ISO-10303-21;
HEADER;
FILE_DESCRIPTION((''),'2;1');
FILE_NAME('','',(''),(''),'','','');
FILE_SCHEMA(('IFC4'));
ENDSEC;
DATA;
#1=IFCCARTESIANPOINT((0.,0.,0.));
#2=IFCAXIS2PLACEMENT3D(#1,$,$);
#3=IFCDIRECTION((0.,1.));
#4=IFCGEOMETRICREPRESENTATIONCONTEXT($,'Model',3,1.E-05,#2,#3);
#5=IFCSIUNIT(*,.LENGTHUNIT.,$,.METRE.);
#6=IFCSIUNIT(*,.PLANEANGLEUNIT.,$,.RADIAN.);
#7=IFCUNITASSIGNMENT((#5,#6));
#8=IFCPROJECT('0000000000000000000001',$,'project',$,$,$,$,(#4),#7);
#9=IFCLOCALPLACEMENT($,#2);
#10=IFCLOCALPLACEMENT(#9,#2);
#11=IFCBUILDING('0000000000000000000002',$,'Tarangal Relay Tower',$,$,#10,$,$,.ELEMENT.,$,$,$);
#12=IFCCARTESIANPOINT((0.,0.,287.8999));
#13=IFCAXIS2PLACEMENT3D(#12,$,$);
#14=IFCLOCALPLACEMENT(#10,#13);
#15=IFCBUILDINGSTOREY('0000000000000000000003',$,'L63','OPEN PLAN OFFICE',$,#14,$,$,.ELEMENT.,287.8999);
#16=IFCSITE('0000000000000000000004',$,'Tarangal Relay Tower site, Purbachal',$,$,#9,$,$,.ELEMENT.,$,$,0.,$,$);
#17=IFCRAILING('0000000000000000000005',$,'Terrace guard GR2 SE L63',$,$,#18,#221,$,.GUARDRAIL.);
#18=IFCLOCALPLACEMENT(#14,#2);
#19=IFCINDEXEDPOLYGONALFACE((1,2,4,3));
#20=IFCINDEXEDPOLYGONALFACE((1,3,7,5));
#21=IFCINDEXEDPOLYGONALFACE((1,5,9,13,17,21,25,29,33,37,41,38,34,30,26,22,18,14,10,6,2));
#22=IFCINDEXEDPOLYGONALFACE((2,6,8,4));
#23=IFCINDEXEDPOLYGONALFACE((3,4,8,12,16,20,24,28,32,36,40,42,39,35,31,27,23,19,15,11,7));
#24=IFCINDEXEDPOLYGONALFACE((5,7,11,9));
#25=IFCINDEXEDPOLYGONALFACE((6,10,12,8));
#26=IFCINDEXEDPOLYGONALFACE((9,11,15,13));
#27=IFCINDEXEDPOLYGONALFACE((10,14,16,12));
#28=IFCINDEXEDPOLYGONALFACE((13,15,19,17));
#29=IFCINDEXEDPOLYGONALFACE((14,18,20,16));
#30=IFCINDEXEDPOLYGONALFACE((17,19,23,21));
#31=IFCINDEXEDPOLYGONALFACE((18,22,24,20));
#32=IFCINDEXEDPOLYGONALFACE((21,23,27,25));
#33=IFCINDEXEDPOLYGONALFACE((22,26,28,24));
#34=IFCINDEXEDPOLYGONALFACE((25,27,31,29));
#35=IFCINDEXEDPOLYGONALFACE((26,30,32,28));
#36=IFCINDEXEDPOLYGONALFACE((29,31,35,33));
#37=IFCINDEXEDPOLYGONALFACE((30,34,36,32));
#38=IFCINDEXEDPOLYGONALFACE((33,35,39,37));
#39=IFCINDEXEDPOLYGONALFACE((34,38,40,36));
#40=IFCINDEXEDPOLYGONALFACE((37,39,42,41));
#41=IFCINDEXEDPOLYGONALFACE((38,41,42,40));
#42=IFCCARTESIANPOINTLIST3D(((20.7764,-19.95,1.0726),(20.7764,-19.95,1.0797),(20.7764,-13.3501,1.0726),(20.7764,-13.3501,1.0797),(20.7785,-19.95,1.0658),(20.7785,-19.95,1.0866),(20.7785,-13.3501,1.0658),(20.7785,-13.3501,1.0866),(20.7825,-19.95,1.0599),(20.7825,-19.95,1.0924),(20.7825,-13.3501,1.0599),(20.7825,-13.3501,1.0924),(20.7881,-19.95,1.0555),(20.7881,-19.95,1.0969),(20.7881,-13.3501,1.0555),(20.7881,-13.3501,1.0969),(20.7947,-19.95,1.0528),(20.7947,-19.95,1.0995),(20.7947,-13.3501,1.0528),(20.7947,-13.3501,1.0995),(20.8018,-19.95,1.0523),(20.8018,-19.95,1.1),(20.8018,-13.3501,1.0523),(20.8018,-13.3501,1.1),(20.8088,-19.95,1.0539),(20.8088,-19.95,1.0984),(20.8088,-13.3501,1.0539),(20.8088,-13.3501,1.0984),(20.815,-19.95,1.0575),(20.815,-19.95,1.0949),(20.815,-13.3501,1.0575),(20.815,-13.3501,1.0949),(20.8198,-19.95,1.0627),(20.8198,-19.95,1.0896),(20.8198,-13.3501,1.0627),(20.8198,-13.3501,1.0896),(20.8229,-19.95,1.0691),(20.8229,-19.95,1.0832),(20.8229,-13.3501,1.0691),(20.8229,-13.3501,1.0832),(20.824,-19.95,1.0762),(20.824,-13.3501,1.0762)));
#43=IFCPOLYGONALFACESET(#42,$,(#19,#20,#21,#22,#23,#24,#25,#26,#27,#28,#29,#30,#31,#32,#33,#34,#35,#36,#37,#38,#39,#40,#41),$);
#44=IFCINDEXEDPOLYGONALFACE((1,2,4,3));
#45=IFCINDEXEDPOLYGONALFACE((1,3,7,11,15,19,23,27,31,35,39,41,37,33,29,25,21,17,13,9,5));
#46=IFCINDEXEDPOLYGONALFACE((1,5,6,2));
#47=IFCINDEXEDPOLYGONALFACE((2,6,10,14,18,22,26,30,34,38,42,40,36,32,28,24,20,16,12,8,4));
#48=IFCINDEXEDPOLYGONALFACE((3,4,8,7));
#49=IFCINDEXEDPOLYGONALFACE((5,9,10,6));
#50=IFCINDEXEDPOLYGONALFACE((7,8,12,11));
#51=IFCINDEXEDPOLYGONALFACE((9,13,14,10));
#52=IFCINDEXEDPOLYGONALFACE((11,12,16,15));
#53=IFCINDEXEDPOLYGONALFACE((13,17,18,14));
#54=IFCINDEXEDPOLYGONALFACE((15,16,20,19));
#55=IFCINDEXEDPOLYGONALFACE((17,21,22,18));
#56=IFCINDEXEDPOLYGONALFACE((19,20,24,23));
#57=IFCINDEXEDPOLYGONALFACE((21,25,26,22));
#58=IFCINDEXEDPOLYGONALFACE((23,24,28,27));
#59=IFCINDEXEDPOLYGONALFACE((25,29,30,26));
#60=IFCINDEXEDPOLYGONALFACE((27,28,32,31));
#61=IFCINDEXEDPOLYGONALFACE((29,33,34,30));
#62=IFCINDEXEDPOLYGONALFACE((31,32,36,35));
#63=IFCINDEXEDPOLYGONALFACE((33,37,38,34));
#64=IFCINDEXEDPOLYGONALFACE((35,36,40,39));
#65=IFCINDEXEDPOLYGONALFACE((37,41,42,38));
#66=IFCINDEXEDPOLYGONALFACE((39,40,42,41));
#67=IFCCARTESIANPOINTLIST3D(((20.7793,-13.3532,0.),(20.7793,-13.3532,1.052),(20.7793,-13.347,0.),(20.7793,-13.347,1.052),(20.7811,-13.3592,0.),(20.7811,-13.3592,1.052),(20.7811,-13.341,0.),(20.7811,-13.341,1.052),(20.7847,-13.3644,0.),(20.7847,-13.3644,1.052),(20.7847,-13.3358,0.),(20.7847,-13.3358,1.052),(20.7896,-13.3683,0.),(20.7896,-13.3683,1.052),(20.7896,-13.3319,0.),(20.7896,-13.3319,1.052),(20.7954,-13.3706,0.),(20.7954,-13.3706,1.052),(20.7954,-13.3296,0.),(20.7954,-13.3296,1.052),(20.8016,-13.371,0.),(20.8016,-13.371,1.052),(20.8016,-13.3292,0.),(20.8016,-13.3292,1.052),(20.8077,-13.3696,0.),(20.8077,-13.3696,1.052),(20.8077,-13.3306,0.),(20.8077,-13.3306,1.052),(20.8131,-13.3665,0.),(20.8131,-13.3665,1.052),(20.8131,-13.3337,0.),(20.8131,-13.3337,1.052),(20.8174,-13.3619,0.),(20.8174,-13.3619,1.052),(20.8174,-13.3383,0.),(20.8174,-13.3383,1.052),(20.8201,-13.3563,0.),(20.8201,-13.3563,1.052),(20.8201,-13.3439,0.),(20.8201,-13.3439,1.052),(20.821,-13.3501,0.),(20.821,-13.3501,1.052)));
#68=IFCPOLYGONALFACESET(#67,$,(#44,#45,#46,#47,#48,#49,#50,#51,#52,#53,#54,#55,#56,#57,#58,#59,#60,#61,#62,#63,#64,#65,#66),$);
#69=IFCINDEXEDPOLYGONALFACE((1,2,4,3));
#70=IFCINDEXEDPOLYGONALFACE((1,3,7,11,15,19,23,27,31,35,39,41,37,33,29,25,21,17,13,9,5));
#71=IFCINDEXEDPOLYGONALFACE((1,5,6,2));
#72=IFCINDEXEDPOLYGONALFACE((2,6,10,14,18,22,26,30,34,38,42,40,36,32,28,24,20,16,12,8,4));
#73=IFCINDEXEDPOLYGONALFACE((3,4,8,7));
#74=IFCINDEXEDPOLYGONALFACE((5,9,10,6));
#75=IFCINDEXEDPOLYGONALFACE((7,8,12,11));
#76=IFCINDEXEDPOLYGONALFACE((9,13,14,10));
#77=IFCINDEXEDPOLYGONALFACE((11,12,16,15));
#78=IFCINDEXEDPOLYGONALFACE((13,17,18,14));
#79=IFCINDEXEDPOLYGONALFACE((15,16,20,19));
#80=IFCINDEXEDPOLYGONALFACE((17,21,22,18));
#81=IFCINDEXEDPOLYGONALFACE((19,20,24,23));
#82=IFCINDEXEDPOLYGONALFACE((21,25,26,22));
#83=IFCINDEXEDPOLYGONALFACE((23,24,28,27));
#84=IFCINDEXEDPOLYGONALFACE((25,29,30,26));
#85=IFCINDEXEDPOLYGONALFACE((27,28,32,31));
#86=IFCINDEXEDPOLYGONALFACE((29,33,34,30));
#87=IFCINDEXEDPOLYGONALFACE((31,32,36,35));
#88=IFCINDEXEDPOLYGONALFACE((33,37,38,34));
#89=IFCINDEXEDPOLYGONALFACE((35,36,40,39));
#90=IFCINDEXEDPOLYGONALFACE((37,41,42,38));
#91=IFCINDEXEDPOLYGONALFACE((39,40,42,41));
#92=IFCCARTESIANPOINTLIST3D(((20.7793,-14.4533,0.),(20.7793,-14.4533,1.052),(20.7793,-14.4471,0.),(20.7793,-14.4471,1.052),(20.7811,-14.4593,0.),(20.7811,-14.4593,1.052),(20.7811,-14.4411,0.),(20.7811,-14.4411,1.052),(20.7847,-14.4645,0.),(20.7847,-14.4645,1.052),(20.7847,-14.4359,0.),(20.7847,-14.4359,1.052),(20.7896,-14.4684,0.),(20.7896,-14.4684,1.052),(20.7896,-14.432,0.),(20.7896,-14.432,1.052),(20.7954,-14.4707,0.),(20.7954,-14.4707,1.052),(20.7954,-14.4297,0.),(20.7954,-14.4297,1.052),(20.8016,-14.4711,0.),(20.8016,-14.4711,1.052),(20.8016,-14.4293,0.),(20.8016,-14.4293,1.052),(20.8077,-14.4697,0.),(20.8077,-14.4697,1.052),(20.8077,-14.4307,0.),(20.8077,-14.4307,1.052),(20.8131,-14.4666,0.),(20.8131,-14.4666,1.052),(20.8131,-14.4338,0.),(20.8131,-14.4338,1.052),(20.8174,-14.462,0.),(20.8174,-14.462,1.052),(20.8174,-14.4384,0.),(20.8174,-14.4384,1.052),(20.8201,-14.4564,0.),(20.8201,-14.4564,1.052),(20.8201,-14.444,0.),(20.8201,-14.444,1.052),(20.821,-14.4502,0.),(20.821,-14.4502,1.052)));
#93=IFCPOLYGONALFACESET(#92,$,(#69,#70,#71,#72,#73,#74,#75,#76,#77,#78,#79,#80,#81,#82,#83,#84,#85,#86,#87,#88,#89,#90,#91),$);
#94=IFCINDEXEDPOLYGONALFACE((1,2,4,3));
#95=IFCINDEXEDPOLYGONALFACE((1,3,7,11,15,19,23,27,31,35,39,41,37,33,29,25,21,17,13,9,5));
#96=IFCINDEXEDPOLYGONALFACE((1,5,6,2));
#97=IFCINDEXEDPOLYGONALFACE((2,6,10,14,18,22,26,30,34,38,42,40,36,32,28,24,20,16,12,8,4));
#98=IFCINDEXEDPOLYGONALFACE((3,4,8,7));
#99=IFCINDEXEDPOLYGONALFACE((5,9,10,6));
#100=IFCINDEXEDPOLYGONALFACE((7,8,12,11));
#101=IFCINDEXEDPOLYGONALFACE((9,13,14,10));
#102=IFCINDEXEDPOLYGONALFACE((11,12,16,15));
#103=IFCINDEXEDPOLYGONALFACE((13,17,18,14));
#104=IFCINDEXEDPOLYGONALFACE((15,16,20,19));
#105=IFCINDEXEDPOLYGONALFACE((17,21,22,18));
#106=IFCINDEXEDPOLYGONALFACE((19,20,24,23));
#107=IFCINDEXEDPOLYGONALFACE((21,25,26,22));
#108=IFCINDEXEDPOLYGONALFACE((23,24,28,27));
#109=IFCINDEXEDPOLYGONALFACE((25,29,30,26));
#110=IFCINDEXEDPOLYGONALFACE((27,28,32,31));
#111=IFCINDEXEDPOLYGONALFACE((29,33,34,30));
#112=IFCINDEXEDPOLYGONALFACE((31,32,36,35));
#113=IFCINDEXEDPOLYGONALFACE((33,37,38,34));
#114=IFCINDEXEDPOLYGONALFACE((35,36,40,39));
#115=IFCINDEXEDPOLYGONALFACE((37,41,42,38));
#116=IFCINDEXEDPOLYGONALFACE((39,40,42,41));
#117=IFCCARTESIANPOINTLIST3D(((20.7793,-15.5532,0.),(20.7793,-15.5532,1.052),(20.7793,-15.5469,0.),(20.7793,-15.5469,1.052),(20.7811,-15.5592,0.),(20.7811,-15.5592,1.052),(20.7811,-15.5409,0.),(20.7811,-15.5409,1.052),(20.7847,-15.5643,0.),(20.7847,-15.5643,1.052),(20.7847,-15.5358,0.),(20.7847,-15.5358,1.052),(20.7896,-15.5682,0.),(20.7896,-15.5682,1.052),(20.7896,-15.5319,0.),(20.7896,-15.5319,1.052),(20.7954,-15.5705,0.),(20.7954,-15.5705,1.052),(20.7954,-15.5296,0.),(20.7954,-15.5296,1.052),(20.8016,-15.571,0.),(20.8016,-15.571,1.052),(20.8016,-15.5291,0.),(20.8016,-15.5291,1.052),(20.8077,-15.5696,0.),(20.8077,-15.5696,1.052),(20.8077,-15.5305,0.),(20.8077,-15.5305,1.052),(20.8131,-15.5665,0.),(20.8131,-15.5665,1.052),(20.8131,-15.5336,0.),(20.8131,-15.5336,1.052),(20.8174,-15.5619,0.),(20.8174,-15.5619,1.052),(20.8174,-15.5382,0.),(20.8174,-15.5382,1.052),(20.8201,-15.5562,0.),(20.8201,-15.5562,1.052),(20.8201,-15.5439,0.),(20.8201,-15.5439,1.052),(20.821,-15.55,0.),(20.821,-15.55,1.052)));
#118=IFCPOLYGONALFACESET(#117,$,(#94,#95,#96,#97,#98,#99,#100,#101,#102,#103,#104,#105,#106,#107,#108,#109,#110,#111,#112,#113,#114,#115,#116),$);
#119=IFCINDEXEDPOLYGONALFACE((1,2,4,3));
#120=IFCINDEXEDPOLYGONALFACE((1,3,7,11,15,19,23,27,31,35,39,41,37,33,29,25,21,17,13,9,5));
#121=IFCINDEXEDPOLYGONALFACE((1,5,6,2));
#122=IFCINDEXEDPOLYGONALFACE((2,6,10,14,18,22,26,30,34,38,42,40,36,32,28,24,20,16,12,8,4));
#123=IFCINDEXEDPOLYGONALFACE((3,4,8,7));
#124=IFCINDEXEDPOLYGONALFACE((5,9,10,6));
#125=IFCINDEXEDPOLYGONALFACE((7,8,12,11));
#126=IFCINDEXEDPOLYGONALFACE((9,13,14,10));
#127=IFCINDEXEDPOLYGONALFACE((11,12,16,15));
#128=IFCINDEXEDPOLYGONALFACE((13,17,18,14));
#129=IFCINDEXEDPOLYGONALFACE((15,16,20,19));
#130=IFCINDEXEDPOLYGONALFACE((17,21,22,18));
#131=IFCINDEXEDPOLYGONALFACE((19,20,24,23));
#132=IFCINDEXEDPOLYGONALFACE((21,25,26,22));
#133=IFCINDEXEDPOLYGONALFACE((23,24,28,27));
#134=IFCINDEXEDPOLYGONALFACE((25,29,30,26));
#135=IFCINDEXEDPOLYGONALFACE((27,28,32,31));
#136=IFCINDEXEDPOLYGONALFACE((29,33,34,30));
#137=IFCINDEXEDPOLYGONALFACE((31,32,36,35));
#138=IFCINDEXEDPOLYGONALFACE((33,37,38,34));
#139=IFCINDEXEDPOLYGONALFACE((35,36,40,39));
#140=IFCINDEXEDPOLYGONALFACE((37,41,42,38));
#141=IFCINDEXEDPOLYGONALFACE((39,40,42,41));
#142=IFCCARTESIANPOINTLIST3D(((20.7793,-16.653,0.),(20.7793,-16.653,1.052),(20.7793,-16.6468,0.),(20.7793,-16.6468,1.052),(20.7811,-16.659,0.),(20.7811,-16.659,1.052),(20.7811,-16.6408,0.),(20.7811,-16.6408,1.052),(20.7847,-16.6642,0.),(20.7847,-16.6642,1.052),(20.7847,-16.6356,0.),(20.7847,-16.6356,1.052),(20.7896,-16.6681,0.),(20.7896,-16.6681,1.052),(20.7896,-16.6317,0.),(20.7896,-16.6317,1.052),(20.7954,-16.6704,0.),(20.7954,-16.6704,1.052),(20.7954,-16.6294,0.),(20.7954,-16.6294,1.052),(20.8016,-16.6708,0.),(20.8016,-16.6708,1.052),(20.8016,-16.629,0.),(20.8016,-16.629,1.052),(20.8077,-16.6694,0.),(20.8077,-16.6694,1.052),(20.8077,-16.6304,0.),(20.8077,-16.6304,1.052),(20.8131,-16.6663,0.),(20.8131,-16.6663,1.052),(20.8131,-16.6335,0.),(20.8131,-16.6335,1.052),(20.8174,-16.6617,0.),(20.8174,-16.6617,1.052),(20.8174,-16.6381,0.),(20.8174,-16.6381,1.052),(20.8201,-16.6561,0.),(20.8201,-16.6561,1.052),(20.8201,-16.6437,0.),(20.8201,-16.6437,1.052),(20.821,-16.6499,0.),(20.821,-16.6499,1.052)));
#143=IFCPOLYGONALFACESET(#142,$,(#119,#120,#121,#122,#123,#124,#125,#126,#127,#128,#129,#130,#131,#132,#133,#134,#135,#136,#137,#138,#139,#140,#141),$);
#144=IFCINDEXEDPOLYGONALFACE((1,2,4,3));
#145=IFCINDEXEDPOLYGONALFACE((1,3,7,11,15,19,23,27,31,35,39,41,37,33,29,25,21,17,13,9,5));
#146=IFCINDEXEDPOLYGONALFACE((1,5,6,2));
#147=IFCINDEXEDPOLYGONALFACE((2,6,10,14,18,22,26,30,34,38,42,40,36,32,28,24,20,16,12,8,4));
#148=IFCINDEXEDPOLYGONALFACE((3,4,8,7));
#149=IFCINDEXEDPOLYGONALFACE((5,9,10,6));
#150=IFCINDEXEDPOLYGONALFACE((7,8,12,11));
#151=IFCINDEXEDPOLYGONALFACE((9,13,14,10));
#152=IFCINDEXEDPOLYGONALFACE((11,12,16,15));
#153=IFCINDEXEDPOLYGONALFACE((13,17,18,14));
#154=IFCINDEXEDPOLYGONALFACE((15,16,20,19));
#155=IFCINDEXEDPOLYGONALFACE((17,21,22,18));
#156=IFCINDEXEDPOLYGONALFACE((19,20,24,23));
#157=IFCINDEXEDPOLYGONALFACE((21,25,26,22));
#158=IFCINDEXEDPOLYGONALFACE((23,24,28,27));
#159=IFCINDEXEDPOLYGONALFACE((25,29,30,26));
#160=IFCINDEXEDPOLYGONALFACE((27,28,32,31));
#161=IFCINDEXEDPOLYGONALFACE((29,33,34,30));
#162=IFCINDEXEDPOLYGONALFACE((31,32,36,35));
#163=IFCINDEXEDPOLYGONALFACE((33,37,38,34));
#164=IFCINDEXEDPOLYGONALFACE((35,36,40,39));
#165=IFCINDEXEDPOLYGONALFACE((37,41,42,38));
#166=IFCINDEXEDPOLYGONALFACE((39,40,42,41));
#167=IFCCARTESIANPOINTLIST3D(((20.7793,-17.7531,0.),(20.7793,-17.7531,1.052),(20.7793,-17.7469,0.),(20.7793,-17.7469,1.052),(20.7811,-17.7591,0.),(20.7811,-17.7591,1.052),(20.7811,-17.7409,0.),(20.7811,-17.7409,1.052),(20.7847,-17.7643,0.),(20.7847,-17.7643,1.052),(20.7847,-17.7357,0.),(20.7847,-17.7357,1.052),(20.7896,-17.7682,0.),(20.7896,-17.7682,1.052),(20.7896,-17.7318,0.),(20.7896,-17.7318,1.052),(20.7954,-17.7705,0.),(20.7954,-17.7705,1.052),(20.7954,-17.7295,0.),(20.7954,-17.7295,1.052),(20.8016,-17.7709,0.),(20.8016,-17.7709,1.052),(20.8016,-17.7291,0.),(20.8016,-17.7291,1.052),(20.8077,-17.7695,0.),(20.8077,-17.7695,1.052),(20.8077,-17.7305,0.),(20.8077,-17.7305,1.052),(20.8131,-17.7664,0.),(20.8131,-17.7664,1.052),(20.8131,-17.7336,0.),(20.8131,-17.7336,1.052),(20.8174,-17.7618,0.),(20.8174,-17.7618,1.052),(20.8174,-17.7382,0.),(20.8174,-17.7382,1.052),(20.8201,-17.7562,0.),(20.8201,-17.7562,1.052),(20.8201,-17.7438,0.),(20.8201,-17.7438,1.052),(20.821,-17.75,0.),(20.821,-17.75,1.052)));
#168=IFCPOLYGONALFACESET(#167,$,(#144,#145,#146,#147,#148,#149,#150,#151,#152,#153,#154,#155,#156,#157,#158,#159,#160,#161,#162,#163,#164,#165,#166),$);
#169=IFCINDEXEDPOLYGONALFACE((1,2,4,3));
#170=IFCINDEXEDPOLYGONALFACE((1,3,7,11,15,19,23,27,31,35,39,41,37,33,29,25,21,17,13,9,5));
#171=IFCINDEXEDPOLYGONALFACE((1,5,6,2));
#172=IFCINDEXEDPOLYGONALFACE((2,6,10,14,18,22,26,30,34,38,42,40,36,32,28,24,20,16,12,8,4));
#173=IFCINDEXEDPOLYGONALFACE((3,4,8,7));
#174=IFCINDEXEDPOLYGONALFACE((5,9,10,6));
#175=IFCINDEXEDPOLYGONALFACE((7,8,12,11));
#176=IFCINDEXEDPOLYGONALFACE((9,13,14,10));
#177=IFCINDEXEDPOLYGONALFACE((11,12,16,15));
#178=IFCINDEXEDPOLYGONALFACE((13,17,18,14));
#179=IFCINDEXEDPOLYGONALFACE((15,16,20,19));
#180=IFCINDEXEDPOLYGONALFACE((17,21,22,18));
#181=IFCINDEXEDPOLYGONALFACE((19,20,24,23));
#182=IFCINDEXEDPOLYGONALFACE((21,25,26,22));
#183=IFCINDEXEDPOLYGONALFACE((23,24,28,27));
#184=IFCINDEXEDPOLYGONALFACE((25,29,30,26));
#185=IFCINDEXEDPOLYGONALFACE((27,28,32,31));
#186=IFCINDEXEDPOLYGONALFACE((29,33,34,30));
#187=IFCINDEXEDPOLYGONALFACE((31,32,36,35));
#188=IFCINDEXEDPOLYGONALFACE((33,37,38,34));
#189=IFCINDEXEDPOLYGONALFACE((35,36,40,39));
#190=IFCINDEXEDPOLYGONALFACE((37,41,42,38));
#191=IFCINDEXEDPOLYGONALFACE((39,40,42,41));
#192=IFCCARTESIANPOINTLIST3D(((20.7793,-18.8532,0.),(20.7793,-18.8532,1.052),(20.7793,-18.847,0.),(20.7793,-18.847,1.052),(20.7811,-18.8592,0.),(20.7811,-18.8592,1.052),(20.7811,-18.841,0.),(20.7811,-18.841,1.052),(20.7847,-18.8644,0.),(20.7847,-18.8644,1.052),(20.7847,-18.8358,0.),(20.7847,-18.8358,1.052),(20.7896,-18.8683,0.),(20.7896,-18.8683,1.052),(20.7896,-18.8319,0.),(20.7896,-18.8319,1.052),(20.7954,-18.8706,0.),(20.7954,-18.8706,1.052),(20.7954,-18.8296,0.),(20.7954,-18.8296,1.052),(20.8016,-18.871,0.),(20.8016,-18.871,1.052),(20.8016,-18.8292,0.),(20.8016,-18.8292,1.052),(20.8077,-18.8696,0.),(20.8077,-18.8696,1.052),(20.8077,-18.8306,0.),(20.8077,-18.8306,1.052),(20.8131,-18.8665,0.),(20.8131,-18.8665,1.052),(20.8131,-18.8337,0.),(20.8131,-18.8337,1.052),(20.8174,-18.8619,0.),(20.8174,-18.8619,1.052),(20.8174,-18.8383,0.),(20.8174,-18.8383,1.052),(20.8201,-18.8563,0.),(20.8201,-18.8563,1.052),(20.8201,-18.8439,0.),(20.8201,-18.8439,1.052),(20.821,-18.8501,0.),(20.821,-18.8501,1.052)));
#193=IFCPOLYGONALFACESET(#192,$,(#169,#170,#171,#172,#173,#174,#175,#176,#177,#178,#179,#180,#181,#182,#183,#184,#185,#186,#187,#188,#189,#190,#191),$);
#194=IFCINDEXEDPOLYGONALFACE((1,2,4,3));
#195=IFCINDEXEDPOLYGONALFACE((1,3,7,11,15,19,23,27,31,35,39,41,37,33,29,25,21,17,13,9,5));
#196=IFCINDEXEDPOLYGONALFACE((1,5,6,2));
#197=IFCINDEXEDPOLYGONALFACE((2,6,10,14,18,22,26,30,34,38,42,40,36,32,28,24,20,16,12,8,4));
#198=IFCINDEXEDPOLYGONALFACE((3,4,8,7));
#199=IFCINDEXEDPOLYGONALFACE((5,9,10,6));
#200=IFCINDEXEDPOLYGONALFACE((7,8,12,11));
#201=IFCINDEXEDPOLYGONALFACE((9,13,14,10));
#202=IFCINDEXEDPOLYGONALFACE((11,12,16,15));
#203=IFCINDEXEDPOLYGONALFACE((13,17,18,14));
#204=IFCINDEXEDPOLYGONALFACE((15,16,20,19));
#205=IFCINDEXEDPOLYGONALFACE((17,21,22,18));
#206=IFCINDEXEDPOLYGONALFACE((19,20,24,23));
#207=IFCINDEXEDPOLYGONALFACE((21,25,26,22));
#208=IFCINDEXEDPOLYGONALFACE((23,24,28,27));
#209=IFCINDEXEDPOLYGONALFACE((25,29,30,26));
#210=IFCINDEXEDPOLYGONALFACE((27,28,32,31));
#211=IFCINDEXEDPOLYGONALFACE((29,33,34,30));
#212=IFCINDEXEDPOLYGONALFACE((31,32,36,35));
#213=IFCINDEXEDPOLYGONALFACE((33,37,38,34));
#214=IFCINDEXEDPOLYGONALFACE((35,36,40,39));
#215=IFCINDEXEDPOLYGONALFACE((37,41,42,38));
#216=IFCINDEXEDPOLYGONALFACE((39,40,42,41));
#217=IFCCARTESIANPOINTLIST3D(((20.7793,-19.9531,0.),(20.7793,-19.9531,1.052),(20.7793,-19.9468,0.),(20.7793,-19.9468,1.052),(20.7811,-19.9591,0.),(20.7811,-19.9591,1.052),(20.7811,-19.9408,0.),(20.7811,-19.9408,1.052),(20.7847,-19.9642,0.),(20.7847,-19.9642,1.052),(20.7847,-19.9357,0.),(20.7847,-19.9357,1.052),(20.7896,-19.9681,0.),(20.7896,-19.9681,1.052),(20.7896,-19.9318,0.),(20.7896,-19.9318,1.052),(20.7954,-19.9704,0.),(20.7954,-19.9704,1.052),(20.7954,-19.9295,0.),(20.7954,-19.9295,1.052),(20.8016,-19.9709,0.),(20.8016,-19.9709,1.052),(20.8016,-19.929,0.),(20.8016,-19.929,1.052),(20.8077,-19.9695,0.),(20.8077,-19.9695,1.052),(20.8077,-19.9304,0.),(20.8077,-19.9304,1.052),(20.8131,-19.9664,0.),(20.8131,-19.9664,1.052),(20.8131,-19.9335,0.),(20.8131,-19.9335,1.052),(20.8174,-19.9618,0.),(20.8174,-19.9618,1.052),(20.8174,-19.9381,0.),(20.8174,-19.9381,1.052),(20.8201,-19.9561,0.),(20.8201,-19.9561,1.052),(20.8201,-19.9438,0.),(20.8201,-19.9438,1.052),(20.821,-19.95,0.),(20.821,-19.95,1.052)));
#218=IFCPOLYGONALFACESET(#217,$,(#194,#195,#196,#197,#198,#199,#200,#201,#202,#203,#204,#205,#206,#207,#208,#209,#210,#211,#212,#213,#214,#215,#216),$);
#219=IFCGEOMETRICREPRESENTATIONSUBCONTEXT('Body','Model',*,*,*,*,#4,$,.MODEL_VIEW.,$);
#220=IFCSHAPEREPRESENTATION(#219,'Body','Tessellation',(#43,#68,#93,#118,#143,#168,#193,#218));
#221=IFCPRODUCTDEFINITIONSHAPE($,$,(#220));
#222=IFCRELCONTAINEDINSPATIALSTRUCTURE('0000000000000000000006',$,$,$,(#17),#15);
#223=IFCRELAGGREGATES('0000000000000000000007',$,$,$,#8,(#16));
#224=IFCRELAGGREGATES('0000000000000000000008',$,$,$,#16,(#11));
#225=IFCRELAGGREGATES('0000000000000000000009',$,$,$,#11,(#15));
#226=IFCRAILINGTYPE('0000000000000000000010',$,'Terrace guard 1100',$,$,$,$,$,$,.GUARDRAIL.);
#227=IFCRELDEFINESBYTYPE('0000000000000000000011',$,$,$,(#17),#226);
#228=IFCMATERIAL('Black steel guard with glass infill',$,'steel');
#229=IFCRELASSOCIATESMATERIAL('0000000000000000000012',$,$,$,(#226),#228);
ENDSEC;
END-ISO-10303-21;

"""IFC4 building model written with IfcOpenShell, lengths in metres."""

from ifc_helpers import new_model, si_unit, direction, frame, origin, origin_2d, place, context, subcontext, project, spatial, circle, extrude, material, type_object, element, save


model = new_model("IFC4")

# Units and contexts
model_context = context("Model", 3, precision=1e-05, world=origin(), true_north=direction((0.0, 1.0)))
body_context = subcontext(model_context, "Body", "Model", "MODEL_VIEW")
ifc_project = project(units=[si_unit("LENGTHUNIT", "METRE"), si_unit("PLANEANGLEUNIT", "RADIAN")], contexts=[model_context])

# Site, building, storey
site_placement = place(None, origin())
site = spatial("IfcSite", under=ifc_project, at=site_placement, Name="Tarangal Relay Tower site, Purbachal", CompositionType="ELEMENT", RefElevation=0.0)
building_placement = place(site_placement, origin())
building = spatial("IfcBuilding", under=site, at=building_placement, Name="Tarangal Relay Tower", CompositionType="ELEMENT")
storey_placement = place(building_placement, frame((0.0, 0.0, 287.8999)))
storey = spatial("IfcBuildingStorey", under=building, at=storey_placement, Name="L63", Description="OPEN PLAN OFFICE", CompositionType="ELEMENT", Elevation=287.8999)

# Railing
ifc_material_1 = material(Name="Black steel guard with glass infill", Category="steel")
railing_type = type_object("IfcRailingType", Name="Terrace guard 1100", PredefinedType="GUARDRAIL", material=ifc_material_1)
railing_1_placement = place(storey_placement, frame((20.8, -13.3501, 0.0)))
element("IfcRailing", 1, at=railing_1_placement, inside=storey, type_object=railing_type, Name="Terrace guard GR2 SE L63", PredefinedType="GUARDRAIL", context=body_context, shape_type="SweptSolid", body=[
    extrude(circle(Radius=0.0239, at=origin_2d()), frame((0.0, 0.0, 1.0762), z_axis=(0.0, -1.0, 0.0), x_axis=(1.0, 0.0, 0.0)), (0.0, 0.0, 1.0), 6.5999),
    extrude(circle(Radius=0.021, at=origin_2d()), origin(), (0.0, 0.0, 1.0), 1.052),
    extrude(circle(Radius=0.021, at=origin_2d()), frame((0.0, -1.1001, 0.0)), (0.0, 0.0, 1.0), 1.052),
    extrude(circle(Radius=0.021, at=origin_2d()), frame((0.0, -2.2, 0.0)), (0.0, 0.0, 1.0), 1.052),
    extrude(circle(Radius=0.021, at=origin_2d()), frame((0.0, -3.2998, 0.0)), (0.0, 0.0, 1.0), 1.052),
    extrude(circle(Radius=0.021, at=origin_2d()), frame((0.0, -4.3999, 0.0)), (0.0, 0.0, 1.0), 1.052),
    extrude(circle(Radius=0.021, at=origin_2d()), frame((0.0, -5.5, 0.0)), (0.0, 0.0, 1.0), 1.052),
    extrude(circle(Radius=0.021, at=origin_2d()), frame((0.0, -6.5999, 0.0)), (0.0, 0.0, 1.0), 1.052),
])

save(model, "model.ifc")
